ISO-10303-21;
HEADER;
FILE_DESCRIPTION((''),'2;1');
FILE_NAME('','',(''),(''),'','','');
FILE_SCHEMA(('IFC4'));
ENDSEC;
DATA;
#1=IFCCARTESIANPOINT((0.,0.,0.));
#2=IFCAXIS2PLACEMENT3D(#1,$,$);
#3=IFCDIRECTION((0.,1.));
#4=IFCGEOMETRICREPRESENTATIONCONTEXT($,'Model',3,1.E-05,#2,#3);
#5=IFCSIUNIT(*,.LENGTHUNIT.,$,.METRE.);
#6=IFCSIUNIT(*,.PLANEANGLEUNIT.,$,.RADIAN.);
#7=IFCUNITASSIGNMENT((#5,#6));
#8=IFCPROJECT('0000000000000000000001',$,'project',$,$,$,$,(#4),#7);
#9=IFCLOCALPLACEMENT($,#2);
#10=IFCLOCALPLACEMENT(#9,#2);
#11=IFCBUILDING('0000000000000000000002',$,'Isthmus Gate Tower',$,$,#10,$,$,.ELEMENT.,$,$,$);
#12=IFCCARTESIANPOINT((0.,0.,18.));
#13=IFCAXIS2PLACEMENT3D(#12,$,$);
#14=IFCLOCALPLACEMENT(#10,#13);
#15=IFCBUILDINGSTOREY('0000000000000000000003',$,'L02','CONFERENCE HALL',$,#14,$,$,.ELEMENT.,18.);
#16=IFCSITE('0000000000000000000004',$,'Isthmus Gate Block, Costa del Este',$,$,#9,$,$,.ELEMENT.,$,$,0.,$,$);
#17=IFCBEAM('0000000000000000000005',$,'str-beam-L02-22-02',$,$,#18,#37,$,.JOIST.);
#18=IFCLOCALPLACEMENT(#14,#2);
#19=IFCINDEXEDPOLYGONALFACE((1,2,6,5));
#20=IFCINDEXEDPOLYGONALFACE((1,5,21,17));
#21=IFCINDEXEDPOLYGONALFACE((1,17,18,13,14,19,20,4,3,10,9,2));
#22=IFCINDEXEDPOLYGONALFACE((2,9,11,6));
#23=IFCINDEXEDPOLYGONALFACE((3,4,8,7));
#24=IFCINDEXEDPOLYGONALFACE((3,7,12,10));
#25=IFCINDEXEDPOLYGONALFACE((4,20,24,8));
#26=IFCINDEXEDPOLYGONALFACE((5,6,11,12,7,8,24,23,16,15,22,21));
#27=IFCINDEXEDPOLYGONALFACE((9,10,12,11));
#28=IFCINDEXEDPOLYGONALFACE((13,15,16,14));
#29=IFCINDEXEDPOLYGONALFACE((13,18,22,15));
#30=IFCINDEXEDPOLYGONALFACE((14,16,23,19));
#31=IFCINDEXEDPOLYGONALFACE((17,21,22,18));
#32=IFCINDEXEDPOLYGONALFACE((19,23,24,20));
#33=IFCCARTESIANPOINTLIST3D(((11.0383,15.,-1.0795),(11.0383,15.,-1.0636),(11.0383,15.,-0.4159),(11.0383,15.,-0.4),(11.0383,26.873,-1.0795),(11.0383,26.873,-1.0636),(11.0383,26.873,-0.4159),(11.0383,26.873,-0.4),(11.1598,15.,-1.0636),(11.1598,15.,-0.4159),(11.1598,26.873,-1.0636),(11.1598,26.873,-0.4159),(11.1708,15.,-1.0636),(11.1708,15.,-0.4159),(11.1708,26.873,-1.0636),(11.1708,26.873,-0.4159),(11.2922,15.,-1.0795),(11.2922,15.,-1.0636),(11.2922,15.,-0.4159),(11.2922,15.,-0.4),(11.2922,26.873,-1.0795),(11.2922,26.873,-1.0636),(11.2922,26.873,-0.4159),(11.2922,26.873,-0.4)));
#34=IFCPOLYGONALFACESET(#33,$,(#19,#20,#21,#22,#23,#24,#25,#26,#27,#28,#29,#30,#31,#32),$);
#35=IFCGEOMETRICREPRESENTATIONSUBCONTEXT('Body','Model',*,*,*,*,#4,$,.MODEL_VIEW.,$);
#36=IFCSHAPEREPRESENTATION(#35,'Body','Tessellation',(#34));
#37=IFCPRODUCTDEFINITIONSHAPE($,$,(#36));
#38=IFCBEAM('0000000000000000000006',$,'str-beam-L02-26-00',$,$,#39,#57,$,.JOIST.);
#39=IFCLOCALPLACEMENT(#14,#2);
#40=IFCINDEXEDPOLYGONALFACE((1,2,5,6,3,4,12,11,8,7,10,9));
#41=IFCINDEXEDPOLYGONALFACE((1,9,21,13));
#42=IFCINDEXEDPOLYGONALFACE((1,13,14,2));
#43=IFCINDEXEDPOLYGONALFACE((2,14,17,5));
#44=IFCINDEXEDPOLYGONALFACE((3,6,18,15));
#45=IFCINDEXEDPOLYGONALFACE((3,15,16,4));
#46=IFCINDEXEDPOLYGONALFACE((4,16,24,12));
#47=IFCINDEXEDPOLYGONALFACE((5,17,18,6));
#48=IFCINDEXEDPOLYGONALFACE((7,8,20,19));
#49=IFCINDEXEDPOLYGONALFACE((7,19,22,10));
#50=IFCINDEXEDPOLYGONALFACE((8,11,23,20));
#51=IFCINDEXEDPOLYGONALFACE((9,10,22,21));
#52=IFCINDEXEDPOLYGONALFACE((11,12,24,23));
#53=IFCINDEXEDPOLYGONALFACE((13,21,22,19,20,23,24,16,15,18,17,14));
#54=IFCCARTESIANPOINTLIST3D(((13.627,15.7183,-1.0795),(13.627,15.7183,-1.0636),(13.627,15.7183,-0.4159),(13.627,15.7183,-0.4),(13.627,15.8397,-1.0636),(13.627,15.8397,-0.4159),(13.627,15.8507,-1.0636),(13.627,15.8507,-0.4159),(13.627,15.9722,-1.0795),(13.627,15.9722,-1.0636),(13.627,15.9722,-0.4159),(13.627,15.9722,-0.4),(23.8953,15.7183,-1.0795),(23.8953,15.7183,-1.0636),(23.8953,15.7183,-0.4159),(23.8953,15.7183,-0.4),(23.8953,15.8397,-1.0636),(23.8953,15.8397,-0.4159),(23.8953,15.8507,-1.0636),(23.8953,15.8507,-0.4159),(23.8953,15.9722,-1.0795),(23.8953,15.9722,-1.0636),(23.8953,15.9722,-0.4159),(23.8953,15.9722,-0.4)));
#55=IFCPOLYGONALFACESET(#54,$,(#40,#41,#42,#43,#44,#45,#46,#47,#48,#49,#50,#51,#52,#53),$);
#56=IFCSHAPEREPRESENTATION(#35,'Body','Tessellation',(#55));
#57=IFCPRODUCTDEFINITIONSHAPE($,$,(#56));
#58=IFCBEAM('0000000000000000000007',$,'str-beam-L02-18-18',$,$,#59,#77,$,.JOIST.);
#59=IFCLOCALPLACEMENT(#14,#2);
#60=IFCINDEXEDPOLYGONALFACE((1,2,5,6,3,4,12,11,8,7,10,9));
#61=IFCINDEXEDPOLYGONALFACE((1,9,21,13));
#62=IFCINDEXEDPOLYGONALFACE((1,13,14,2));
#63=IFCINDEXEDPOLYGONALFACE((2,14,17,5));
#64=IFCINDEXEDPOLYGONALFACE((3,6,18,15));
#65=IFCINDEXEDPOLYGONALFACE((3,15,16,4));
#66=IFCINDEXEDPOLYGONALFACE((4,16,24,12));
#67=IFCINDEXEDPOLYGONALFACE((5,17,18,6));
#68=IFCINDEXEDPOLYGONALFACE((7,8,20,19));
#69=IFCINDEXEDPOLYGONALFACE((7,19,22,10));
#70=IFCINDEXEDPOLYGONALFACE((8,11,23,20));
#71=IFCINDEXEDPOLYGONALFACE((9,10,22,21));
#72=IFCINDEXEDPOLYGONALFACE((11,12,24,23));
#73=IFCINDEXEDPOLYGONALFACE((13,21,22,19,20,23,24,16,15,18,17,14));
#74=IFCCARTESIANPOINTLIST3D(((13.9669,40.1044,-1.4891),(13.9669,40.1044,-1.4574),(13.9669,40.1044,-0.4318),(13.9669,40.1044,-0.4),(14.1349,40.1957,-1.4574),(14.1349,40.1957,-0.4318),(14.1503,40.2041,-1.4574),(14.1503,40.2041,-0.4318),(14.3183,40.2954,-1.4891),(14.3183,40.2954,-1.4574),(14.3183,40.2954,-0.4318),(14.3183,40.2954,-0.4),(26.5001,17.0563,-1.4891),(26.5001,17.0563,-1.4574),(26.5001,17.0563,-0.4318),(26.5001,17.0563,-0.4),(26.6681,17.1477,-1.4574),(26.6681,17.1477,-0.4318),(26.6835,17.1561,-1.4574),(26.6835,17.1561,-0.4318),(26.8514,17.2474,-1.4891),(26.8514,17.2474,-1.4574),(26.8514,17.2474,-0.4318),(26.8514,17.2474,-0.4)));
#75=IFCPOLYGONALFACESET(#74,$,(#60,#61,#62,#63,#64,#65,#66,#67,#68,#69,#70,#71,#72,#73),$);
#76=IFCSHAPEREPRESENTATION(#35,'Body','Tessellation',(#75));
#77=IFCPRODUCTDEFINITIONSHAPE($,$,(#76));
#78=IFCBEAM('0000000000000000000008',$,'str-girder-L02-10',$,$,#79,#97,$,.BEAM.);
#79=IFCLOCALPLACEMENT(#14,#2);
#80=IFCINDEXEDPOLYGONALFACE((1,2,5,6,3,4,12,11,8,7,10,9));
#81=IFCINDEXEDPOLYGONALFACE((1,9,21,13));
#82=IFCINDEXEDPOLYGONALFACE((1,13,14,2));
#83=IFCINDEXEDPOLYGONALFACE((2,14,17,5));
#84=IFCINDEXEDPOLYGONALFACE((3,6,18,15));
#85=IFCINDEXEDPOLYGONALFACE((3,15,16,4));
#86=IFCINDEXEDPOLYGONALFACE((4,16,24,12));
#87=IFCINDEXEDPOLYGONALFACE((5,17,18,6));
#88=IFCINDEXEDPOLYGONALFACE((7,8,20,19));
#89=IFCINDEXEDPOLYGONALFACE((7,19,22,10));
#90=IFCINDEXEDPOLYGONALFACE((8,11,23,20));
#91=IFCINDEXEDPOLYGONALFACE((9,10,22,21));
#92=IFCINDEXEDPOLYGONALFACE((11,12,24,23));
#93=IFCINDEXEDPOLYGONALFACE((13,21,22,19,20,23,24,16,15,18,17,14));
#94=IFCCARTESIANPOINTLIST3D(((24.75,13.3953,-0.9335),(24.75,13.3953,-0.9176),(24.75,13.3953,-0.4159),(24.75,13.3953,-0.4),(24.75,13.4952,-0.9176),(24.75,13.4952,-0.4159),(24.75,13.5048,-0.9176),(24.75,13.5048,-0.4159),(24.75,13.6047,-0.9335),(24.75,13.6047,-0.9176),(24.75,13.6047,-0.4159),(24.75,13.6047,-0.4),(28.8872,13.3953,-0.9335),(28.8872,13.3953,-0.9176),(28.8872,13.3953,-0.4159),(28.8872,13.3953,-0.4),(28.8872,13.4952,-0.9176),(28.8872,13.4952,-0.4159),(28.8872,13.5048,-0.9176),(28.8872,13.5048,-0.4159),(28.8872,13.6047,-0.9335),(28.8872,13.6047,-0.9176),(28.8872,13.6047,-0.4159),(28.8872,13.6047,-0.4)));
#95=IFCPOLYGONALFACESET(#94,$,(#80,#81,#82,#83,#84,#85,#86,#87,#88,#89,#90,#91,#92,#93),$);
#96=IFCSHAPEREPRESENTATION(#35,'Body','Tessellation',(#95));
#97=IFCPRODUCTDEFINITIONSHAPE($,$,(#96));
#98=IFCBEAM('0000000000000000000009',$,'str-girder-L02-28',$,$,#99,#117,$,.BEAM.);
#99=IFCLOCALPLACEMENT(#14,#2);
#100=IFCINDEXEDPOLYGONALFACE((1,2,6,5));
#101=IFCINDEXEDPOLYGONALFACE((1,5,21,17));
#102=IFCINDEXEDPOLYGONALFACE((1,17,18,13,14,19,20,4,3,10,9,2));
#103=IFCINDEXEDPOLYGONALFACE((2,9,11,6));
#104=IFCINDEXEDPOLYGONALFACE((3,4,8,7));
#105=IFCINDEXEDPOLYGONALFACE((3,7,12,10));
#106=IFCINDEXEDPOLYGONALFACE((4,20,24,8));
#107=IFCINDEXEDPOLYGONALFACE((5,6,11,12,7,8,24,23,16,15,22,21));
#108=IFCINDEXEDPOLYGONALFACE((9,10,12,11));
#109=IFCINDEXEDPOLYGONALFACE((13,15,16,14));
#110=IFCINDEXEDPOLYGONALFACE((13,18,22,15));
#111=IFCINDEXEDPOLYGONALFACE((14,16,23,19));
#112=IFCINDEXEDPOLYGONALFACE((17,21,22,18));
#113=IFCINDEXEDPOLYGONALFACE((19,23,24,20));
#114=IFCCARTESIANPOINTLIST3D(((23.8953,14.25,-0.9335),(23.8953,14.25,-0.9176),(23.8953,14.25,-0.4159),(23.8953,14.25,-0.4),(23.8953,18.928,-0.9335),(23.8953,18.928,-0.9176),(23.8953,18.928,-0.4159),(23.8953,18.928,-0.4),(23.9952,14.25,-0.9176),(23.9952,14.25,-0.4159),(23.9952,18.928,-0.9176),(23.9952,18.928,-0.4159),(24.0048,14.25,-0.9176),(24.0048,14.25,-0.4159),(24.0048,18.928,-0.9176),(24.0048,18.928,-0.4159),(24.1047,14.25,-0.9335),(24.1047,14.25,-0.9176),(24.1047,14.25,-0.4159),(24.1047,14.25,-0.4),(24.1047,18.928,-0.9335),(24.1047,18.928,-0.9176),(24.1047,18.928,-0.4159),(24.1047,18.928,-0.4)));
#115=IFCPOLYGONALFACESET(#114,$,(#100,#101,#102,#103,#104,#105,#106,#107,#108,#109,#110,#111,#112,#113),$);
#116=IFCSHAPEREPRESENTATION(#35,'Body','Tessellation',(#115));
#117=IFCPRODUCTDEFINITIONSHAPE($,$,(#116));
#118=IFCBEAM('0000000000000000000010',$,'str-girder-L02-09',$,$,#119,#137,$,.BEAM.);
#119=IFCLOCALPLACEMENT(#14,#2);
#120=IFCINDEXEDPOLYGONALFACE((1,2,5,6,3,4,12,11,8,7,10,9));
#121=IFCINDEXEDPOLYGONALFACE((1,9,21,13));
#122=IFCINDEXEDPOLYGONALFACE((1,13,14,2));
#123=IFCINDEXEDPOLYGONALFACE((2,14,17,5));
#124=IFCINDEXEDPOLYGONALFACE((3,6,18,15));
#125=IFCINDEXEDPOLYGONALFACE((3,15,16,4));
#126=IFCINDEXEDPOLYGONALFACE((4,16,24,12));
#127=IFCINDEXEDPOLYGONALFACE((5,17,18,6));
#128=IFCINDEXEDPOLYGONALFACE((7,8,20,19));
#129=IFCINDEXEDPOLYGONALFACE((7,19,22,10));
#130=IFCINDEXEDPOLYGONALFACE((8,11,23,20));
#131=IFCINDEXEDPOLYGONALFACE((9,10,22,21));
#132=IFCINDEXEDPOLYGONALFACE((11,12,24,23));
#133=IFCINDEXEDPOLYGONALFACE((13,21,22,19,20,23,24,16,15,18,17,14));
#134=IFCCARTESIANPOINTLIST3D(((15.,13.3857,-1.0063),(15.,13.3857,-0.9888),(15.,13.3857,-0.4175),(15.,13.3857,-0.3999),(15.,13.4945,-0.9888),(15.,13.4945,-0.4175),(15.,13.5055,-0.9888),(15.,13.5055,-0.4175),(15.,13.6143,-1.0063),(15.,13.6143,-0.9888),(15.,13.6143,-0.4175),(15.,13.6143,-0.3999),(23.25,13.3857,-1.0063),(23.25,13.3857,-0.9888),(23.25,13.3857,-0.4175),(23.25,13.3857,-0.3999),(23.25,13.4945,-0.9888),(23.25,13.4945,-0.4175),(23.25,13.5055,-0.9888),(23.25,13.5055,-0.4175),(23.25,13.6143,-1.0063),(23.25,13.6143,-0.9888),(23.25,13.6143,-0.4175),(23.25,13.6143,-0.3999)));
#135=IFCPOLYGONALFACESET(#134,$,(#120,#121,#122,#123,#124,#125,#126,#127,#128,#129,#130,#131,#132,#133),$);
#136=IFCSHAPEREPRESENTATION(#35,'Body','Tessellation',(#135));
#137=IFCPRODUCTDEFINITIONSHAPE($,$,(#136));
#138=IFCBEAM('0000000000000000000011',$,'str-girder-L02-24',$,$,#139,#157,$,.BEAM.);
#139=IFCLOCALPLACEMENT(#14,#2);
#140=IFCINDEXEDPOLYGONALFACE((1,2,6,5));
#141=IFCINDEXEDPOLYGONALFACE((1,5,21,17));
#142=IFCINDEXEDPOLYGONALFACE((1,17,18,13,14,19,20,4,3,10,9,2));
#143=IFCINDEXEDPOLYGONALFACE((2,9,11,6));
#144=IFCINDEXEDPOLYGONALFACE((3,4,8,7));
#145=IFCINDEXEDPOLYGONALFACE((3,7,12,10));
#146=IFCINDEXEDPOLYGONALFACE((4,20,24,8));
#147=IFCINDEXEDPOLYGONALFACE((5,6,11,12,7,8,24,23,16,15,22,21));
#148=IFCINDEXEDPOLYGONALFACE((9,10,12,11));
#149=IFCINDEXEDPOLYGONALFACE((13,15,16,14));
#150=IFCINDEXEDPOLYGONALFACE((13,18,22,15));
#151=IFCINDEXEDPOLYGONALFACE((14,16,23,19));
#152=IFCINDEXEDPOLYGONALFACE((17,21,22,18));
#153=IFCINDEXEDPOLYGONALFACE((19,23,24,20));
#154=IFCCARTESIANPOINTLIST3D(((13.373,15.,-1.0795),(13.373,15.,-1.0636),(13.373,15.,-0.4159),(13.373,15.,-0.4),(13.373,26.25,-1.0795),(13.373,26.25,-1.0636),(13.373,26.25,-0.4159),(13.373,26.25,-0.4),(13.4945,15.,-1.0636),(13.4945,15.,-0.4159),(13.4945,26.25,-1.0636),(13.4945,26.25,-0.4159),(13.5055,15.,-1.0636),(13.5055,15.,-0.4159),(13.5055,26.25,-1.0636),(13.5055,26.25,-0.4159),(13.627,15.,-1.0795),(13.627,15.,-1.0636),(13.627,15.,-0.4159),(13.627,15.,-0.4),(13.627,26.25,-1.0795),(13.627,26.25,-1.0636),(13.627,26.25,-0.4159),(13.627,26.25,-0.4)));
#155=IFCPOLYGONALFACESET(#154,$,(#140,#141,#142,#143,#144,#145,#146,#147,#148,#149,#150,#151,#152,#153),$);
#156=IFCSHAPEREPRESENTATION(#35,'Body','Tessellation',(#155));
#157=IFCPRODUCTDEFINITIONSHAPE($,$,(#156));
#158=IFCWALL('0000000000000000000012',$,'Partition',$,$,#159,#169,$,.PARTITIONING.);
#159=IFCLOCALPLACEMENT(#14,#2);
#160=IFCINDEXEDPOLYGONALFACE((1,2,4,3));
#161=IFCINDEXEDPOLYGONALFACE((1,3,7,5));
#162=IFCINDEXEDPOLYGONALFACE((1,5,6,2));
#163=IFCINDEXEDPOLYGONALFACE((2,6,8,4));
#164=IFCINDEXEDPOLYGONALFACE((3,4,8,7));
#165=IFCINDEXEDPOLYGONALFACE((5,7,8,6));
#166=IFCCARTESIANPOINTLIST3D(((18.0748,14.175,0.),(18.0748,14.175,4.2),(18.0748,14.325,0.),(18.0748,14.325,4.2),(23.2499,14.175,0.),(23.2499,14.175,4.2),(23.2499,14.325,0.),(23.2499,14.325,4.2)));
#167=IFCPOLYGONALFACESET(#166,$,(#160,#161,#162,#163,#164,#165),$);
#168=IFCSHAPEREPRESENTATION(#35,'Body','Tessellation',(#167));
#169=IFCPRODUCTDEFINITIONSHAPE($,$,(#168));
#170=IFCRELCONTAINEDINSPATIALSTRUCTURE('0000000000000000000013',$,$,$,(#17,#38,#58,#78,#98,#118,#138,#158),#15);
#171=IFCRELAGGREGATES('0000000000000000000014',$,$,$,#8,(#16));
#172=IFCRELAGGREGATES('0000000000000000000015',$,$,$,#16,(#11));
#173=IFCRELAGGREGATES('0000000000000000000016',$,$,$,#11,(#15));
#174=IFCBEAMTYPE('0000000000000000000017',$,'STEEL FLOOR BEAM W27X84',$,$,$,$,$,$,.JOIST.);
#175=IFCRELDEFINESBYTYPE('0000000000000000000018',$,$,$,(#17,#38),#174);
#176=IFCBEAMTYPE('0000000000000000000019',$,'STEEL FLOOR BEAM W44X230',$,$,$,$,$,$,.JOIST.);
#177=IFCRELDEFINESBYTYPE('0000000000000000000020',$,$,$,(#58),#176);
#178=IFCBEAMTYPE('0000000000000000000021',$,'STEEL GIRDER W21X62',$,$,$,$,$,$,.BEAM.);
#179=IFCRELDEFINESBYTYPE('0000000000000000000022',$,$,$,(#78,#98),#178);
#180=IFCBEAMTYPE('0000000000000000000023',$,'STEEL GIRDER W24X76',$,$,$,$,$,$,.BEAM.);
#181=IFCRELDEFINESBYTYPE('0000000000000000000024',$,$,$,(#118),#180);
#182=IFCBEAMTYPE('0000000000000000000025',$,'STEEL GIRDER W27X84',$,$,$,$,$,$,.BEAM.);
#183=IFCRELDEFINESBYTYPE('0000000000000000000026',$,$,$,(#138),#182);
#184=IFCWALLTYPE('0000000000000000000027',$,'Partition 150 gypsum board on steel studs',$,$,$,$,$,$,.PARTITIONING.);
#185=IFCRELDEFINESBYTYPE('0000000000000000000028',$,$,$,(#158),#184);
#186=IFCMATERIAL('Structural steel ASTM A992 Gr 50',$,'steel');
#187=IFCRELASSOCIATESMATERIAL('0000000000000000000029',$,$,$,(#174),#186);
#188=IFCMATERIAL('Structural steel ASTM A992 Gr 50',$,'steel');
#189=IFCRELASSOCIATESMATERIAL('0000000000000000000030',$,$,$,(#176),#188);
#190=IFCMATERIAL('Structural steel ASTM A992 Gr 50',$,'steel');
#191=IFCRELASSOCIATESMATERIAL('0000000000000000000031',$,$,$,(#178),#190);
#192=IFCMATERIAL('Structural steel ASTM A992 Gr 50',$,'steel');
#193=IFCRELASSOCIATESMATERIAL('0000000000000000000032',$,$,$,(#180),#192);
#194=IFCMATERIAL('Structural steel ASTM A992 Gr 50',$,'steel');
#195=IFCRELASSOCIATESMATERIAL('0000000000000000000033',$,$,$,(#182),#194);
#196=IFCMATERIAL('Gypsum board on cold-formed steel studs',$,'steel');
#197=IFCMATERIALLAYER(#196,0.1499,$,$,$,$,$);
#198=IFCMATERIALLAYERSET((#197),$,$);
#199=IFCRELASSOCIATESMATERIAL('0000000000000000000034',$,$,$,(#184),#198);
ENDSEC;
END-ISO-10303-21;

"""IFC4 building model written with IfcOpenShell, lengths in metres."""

from ifc_helpers import new_model, si_unit, direction, frame, frame_2d, origin, origin_2d, place, context, subcontext, project, spatial, rectangle, i_section, extrude, material, layer, layer_set, material_profile, profile_set, type_object, element, save


model = new_model("IFC4")

# Units and contexts
model_context = context("Model", 3, precision=1e-05, world=origin(), true_north=direction((0.0, 1.0)))
body_context = subcontext(model_context, "Body", "Model", "MODEL_VIEW")
ifc_project = project(units=[si_unit("LENGTHUNIT", "METRE"), si_unit("PLANEANGLEUNIT", "RADIAN")], contexts=[model_context])

# Site, building, storey
site_placement = place(None, origin())
site = spatial("IfcSite", under=ifc_project, at=site_placement, Name="Isthmus Gate Block, Costa del Este", CompositionType="ELEMENT", RefElevation=0.0)
building_placement = place(site_placement, origin())
building = spatial("IfcBuilding", under=site, at=building_placement, Name="Isthmus Gate Tower", CompositionType="ELEMENT")
storey_placement = place(building_placement, frame((0.0, 0.0, 18.0)))
storey = spatial("IfcBuildingStorey", under=building, at=storey_placement, Name="L02", Description="CONFERENCE HALL", CompositionType="ELEMENT", Elevation=18.0)

# Beams
ifc_material_1 = material(Name="Structural steel ASTM A992 Gr 50", Category="steel")
ifc_material_profile_1 = material_profile(ifc_material_1, i_section(OverallWidth=0.2539, OverallDepth=0.6794, WebThickness=0.011, FlangeThickness=0.0159, at=origin_2d()), Name="W27X84")
ifc_profile_set_1 = profile_set([ifc_material_profile_1], Name="Structural steel ASTM A992 Gr 50")
beam_type_1 = type_object("IfcBeamType", Name="STEEL FLOOR BEAM W27X84", PredefinedType="JOIST", material=ifc_profile_set_1)
for number, where, z_axis, x_axis, name in (
    (1, (11.1653, 15.0, -0.7397), (0.0, 1.0, 0.0), (-1.0, 0.0, 0.0), "str-beam-L02-22-02"),
):
    element("IfcBeam", number, at=place(storey_placement, frame(where, z_axis=z_axis, x_axis=x_axis)), inside=storey, type_object=beam_type_1, Name=name, PredefinedType="JOIST", context=body_context, shape_type="SweptSolid", body=[
        extrude(i_section(OverallWidth=0.2539, OverallDepth=0.6794, WebThickness=0.011, FlangeThickness=0.0159, at=origin_2d()), origin(), (0.0, 0.0, 1.0), 11.873),
    ])
beam_1_placement = place(storey_placement, frame((13.627, 15.8452, -0.7397), z_axis=(1.0, 0.0, 0.0), x_axis=(0.0, 1.0, 0.0)))
element("IfcBeam", 2, at=beam_1_placement, inside=storey, type_object=beam_type_1, Name="str-beam-L02-26-00", PredefinedType="JOIST", context=body_context, shape_type="SweptSolid", body=[
    extrude(i_section(OverallWidth=0.2539, OverallDepth=0.6794, WebThickness=0.011, FlangeThickness=0.0159, at=origin_2d()), origin(), (0.0, 0.0, 1.0), 10.2683),
])
ifc_material_2 = material(Name="Structural steel ASTM A992 Gr 50", Category="steel")
ifc_material_profile_2 = material_profile(ifc_material_2, i_section(OverallWidth=0.3999, OverallDepth=1.0891, WebThickness=0.0176, FlangeThickness=0.0317, at=origin_2d()), Name="W44X230")
ifc_profile_set_2 = profile_set([ifc_material_profile_2], Name="Structural steel ASTM A992 Gr 50")
beam_type_2 = type_object("IfcBeamType", Name="STEEL FLOOR BEAM W44X230", PredefinedType="JOIST", material=ifc_profile_set_2)
beam_2_placement = place(storey_placement, frame((26.6758, 17.1519, -0.9446), z_axis=(-0.477721, 0.878512, 0.0), x_axis=(-0.878512, -0.477721, 0.0)))
element("IfcBeam", 3, at=beam_2_placement, inside=storey, type_object=beam_type_2, Name="str-beam-L02-18-18", PredefinedType="JOIST", context=body_context, shape_type="SweptSolid", body=[
    extrude(i_section(OverallWidth=0.3999, OverallDepth=1.0891, WebThickness=0.0176, FlangeThickness=0.0317, at=origin_2d()), origin(), (0.0, 0.0, 1.0), 26.2354),
])
ifc_material_3 = material(Name="Structural steel ASTM A992 Gr 50", Category="steel")
ifc_material_profile_3 = material_profile(ifc_material_3, i_section(OverallWidth=0.2095, OverallDepth=0.5334, WebThickness=0.0095, FlangeThickness=0.0159, at=origin_2d()), Name="W21X62")
ifc_profile_set_3 = profile_set([ifc_material_profile_3], Name="Structural steel ASTM A992 Gr 50")
beam_type_3 = type_object("IfcBeamType", Name="STEEL GIRDER W21X62", PredefinedType="BEAM", material=ifc_profile_set_3)
beam_3_placement = place(storey_placement, frame((24.75, 13.5, -0.6667), z_axis=(1.0, 0.0, 0.0), x_axis=(0.0, 1.0, 0.0)))
element("IfcBeam", 4, at=beam_3_placement, inside=storey, type_object=beam_type_3, Name="str-girder-L02-10", PredefinedType="BEAM", context=body_context, shape_type="SweptSolid", body=[
    extrude(i_section(OverallWidth=0.2095, OverallDepth=0.5334, WebThickness=0.0095, FlangeThickness=0.0159, at=origin_2d()), origin(), (0.0, 0.0, 1.0), 4.1372),
])
beam_4_placement = place(storey_placement, frame((24.0, 14.25, -0.6667), z_axis=(0.0, 1.0, 0.0), x_axis=(-1.0, 0.0, 0.0)))
element("IfcBeam", 5, at=beam_4_placement, inside=storey, type_object=beam_type_3, Name="str-girder-L02-28", PredefinedType="BEAM", context=body_context, shape_type="SweptSolid", body=[
    extrude(i_section(OverallWidth=0.2095, OverallDepth=0.5334, WebThickness=0.0095, FlangeThickness=0.0159, at=origin_2d()), origin(), (0.0, 0.0, 1.0), 4.678),
])
ifc_material_4 = material(Name="Structural steel ASTM A992 Gr 50", Category="steel")
ifc_material_profile_4 = material_profile(ifc_material_4, i_section(OverallWidth=0.2285, OverallDepth=0.6064, WebThickness=0.011, FlangeThickness=0.0176, at=origin_2d()), Name="W24X76")
ifc_profile_set_4 = profile_set([ifc_material_profile_4], Name="Structural steel ASTM A992 Gr 50")
beam_type_4 = type_object("IfcBeamType", Name="STEEL GIRDER W24X76", PredefinedType="BEAM", material=ifc_profile_set_4)
beam_5_placement = place(storey_placement, frame((15.0, 13.5, -0.7031), z_axis=(1.0, 0.0, 0.0), x_axis=(0.0, 1.0, 0.0)))
element("IfcBeam", 6, at=beam_5_placement, inside=storey, type_object=beam_type_4, Name="str-girder-L02-09", PredefinedType="BEAM", context=body_context, shape_type="SweptSolid", body=[
    extrude(i_section(OverallWidth=0.2285, OverallDepth=0.6064, WebThickness=0.011, FlangeThickness=0.0176, at=origin_2d()), origin(), (0.0, 0.0, 1.0), 8.25),
])
ifc_material_5 = material(Name="Structural steel ASTM A992 Gr 50", Category="steel")
ifc_material_profile_5 = material_profile(ifc_material_5, i_section(OverallWidth=0.2539, OverallDepth=0.6794, WebThickness=0.011, FlangeThickness=0.0159, at=origin_2d()), Name="W27X84")
ifc_profile_set_5 = profile_set([ifc_material_profile_5], Name="Structural steel ASTM A992 Gr 50")
beam_type_5 = type_object("IfcBeamType", Name="STEEL GIRDER W27X84", PredefinedType="BEAM", material=ifc_profile_set_5)
beam_6_placement = place(storey_placement, frame((13.5, 15.0, -0.7397), z_axis=(0.0, 1.0, 0.0), x_axis=(-1.0, 0.0, 0.0)))
element("IfcBeam", 7, at=beam_6_placement, inside=storey, type_object=beam_type_5, Name="str-girder-L02-24", PredefinedType="BEAM", context=body_context, shape_type="SweptSolid", body=[
    extrude(i_section(OverallWidth=0.2539, OverallDepth=0.6794, WebThickness=0.011, FlangeThickness=0.0159, at=origin_2d()), origin(), (0.0, 0.0, 1.0), 11.25),
])

# Wall
ifc_material_6 = material(Name="Gypsum board on cold-formed steel studs", Category="steel")
ifc_layer_1 = layer(ifc_material_6, 0.1499)
ifc_layer_set_1 = layer_set([ifc_layer_1])
wall_type_1 = type_object("IfcWallType", Name="Partition 150 gypsum board on steel studs", PredefinedType="PARTITIONING", material=ifc_layer_set_1)
wall_1_placement = place(storey_placement, frame((18.075, 14.25, 0.0), z_axis=(0.0, 0.0, 1.0), x_axis=(1.0, 0.0, 0.0)))
element("IfcWall", 8, at=wall_1_placement, inside=storey, type_object=wall_type_1, Name="Partition", PredefinedType="PARTITIONING", context=body_context, shape_type="SweptSolid", body=[
    extrude(rectangle(XDim=5.175, YDim=0.1499, at=frame_2d((2.5874, 0.0))), origin(), (0.0, 0.0, 1.0), 4.2),
])

save(model, "model.ifc")
